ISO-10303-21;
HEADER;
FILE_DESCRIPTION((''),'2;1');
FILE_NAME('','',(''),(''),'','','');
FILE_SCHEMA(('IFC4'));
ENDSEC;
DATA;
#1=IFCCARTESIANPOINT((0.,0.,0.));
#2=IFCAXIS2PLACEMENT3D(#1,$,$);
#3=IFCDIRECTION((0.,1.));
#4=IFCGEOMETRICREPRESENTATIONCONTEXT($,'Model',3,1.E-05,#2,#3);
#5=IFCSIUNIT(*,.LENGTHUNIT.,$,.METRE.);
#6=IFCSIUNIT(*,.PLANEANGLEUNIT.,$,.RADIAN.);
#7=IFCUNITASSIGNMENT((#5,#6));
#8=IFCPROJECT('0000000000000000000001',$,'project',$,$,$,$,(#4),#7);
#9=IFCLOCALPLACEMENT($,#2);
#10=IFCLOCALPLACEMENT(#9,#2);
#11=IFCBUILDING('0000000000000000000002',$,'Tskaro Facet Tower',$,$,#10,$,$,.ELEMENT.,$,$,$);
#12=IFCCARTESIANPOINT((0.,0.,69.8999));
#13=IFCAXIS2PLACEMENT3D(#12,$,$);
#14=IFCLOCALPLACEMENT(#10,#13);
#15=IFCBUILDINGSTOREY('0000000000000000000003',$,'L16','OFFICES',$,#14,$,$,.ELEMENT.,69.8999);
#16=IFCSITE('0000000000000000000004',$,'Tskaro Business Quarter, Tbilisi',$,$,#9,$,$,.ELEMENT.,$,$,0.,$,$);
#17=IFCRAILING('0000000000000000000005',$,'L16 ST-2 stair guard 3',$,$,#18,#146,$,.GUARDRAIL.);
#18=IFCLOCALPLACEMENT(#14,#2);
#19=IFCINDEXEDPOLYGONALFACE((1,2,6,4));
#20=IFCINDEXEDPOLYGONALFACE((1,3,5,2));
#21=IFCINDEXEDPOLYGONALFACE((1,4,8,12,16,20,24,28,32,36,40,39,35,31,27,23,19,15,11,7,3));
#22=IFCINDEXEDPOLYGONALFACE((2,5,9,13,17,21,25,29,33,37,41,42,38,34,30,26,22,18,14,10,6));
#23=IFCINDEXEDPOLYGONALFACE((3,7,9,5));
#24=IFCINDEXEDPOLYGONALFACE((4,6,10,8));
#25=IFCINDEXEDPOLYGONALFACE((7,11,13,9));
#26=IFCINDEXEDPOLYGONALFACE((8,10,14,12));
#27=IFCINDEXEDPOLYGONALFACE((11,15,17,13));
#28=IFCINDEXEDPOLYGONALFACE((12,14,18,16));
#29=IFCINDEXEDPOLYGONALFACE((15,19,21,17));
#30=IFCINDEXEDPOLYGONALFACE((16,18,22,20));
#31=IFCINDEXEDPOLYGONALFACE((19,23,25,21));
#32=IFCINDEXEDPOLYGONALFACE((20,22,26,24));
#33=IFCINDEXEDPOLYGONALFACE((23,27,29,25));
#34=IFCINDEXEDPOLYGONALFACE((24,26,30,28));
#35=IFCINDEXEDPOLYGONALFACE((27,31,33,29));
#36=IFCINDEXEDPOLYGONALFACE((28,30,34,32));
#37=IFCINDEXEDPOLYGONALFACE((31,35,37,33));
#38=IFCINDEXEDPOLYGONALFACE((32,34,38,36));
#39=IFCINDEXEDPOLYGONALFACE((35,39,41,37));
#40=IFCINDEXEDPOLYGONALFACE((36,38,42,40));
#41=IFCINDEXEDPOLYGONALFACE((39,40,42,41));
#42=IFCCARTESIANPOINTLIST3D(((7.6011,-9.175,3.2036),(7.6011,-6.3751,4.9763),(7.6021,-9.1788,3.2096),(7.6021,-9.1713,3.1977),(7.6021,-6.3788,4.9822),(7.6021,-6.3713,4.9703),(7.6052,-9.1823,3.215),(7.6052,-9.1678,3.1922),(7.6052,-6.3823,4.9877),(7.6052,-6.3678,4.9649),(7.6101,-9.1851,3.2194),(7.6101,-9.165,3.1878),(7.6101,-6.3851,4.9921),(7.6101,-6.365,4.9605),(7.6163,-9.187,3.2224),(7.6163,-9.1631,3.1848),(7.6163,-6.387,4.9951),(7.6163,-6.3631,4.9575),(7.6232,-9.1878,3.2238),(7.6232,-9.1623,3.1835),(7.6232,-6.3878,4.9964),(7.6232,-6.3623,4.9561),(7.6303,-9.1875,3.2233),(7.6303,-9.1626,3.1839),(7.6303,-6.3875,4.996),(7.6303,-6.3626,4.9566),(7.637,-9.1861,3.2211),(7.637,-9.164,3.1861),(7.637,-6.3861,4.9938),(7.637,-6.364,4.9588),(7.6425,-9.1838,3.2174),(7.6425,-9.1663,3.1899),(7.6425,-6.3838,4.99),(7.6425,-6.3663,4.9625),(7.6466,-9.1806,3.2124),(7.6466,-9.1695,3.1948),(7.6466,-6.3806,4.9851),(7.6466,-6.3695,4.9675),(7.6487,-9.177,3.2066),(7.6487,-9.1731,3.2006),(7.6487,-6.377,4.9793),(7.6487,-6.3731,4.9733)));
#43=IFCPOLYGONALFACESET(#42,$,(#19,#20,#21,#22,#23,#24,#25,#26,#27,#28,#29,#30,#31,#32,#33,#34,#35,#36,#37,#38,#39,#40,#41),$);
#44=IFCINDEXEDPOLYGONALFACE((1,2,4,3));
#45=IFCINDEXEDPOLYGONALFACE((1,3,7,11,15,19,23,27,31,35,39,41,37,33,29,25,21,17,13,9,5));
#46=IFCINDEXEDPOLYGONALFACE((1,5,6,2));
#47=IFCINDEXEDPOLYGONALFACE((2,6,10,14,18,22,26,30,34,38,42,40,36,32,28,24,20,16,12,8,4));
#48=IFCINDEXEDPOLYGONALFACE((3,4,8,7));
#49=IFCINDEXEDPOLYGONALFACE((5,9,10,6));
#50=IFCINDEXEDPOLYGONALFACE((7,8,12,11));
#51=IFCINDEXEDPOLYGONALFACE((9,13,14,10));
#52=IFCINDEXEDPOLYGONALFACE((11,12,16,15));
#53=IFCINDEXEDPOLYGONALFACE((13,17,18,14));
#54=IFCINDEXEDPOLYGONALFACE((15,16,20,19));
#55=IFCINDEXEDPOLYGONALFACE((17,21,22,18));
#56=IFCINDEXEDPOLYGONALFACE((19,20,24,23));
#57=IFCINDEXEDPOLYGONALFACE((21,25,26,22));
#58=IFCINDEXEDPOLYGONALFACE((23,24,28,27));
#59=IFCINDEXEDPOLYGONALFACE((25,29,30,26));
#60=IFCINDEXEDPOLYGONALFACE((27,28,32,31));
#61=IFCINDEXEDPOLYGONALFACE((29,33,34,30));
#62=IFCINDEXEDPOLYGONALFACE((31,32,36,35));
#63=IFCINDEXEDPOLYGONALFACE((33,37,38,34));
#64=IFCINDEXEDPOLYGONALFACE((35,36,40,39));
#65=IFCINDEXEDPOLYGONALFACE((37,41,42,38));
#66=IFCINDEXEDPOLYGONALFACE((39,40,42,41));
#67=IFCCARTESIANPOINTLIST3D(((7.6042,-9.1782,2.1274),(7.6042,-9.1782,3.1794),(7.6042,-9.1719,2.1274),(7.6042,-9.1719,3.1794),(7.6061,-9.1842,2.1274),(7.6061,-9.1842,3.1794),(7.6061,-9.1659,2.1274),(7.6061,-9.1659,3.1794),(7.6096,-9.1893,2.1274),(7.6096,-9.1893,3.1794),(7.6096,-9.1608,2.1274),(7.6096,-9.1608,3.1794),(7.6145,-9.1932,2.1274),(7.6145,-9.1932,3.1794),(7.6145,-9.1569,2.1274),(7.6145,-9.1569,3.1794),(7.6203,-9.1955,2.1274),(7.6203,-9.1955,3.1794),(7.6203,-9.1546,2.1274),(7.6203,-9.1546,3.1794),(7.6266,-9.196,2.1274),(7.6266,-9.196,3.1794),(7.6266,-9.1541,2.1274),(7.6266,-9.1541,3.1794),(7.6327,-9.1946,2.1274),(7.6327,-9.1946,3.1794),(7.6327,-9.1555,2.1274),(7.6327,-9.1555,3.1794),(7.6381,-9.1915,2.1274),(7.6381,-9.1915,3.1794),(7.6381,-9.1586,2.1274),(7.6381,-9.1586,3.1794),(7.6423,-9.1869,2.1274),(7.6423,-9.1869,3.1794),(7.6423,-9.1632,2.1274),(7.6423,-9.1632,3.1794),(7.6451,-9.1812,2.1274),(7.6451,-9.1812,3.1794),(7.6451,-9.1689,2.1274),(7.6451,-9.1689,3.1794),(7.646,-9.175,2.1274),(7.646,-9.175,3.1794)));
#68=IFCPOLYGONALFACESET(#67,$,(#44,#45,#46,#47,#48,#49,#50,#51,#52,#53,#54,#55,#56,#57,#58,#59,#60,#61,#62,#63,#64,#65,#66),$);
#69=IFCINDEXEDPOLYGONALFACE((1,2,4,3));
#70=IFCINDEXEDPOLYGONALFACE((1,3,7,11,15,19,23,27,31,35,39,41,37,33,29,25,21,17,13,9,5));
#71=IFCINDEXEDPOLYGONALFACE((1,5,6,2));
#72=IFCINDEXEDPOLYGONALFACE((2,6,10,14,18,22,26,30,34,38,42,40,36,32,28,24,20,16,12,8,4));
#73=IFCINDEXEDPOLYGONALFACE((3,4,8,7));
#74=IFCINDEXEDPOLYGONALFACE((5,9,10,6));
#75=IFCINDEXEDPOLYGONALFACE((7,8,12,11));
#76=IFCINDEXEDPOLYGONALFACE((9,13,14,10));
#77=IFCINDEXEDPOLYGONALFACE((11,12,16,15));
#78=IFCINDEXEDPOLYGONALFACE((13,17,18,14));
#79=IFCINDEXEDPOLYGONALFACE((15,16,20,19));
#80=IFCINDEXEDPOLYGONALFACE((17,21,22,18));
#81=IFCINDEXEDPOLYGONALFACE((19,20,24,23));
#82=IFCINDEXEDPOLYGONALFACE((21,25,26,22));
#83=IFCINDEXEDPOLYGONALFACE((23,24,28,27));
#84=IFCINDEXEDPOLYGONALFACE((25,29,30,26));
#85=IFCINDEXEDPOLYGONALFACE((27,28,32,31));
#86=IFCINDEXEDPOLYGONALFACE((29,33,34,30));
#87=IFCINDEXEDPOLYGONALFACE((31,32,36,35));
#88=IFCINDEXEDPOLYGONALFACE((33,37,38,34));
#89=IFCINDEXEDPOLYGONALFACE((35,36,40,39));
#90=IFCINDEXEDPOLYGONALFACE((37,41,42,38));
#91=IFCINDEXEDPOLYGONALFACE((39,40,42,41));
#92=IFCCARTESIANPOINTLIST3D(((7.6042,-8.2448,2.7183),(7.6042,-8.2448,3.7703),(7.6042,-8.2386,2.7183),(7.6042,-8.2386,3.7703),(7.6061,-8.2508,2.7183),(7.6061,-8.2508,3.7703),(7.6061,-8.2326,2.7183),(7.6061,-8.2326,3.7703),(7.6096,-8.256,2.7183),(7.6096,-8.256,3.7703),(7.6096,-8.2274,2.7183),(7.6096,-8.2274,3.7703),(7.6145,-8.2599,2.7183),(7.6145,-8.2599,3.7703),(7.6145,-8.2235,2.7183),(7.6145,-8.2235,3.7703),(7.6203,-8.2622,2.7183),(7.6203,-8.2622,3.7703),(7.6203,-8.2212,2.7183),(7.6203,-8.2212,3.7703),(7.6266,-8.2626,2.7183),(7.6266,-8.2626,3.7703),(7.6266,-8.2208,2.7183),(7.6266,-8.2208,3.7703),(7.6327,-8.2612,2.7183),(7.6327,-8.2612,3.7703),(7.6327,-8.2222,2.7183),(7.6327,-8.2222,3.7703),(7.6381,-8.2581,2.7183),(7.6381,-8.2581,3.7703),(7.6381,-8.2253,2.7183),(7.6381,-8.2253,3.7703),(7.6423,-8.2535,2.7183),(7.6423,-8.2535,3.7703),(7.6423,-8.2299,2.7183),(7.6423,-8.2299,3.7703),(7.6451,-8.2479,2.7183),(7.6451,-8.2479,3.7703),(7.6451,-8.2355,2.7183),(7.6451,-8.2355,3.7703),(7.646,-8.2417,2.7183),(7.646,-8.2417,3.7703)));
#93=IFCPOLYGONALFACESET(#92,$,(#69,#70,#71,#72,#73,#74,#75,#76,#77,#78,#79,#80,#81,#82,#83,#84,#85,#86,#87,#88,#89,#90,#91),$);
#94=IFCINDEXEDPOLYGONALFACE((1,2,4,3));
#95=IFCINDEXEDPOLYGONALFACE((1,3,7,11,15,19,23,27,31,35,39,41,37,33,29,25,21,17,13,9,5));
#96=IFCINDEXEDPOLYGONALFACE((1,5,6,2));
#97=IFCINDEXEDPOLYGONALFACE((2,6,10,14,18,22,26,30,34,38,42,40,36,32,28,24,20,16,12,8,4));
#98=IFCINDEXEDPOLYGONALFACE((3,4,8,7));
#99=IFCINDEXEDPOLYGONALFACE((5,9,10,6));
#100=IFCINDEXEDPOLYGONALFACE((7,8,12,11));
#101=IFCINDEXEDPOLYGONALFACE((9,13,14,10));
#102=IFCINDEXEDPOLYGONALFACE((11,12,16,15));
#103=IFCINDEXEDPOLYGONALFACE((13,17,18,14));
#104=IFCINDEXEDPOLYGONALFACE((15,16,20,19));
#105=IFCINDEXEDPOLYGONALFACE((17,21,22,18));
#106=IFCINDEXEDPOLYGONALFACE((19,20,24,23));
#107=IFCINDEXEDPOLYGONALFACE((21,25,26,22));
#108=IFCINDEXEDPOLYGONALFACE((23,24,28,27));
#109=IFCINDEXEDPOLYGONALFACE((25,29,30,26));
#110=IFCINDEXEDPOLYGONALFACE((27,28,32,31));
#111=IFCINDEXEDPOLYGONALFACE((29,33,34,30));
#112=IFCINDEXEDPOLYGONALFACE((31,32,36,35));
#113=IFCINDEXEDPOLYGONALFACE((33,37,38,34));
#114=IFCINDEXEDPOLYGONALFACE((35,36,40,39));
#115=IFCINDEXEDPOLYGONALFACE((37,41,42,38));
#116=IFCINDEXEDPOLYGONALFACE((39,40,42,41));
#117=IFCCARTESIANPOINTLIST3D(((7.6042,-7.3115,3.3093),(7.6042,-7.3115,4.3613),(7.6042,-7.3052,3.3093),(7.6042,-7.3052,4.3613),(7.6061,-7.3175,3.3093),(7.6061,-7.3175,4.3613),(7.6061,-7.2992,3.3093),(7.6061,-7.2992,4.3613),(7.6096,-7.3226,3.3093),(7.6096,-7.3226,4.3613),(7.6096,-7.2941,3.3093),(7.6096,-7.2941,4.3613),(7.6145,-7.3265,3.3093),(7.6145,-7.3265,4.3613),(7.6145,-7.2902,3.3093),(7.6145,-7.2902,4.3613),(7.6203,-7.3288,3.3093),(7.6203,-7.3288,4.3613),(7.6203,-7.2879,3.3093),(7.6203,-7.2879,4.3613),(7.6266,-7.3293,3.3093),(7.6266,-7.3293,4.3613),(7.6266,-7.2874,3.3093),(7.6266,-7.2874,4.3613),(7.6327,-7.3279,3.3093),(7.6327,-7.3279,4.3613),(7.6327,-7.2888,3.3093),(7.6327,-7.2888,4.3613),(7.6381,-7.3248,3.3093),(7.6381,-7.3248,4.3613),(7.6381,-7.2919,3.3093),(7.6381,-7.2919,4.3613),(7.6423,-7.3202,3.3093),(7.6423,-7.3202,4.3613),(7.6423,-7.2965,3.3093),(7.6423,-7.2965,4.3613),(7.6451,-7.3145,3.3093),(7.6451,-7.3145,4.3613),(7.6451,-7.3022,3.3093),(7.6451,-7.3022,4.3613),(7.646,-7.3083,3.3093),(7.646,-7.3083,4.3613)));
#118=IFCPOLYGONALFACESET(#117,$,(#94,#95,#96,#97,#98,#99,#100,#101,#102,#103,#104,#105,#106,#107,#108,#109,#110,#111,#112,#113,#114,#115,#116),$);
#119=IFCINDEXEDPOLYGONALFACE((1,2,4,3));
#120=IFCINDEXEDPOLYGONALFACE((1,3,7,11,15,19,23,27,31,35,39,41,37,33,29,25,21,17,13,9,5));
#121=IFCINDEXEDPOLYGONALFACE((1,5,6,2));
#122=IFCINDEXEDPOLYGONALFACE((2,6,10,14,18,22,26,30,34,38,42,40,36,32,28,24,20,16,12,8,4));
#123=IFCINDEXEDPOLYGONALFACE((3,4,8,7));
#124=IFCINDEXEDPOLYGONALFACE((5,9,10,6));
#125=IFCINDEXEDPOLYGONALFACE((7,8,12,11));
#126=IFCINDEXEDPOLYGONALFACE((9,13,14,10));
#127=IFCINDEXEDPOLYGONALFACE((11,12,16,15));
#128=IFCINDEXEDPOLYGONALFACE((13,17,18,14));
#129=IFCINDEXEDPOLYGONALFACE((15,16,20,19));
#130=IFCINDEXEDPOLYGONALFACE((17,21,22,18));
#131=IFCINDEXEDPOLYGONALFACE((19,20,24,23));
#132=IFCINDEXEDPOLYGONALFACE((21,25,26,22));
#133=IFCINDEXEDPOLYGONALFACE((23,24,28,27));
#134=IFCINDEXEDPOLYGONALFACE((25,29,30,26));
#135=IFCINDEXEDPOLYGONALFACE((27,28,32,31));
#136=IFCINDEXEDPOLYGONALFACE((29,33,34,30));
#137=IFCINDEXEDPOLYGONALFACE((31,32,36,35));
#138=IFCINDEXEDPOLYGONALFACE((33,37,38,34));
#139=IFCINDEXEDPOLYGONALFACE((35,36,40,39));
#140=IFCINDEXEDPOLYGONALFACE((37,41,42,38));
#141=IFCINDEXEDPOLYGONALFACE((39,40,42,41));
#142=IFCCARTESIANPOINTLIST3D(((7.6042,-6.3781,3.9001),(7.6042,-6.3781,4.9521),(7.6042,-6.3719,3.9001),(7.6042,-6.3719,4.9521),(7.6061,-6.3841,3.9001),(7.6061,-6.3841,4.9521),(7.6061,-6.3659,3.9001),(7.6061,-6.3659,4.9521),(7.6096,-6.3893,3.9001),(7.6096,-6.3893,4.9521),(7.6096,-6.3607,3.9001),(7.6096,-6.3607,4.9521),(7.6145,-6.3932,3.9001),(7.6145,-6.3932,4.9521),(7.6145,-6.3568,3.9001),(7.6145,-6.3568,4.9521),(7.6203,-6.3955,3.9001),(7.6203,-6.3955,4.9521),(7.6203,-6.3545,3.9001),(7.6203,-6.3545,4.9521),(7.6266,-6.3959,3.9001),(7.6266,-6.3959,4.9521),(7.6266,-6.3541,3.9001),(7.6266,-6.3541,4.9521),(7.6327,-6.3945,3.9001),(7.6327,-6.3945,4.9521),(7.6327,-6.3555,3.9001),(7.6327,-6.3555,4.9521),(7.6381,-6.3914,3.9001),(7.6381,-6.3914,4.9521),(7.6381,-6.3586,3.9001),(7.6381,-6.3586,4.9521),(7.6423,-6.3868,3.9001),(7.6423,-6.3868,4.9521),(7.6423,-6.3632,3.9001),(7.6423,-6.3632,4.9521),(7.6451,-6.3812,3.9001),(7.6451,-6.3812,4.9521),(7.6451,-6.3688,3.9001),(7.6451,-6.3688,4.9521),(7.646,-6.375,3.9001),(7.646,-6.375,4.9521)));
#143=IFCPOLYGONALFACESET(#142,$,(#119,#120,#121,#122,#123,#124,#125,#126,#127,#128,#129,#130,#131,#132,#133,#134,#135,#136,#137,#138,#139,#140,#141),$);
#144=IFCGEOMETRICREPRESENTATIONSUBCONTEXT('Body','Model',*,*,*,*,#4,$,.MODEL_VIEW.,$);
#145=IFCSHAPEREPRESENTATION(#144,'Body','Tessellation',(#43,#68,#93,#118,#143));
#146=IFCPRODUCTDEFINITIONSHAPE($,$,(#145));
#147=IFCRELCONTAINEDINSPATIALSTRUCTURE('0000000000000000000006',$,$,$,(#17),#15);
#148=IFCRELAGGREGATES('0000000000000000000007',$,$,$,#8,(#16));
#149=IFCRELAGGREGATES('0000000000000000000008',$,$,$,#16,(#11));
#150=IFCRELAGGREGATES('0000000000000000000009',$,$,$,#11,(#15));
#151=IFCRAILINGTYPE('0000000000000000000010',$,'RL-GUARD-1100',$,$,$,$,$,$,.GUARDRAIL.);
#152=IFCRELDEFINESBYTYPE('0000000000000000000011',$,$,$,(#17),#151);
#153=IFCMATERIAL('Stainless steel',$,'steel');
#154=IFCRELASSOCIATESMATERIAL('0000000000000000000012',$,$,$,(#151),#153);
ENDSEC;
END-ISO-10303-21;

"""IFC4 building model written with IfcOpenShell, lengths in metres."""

from ifc_helpers import new_model, si_unit, direction, frame, origin, origin_2d, place, context, subcontext, project, spatial, circle, extrude, material, type_object, element, save


model = new_model("IFC4")

# Units and contexts
model_context = context("Model", 3, precision=1e-05, world=origin(), true_north=direction((0.0, 1.0)))
body_context = subcontext(model_context, "Body", "Model", "MODEL_VIEW")
ifc_project = project(units=[si_unit("LENGTHUNIT", "METRE"), si_unit("PLANEANGLEUNIT", "RADIAN")], contexts=[model_context])

# Site, building, storey
site_placement = place(None, origin())
site = spatial("IfcSite", under=ifc_project, at=site_placement, Name="Tskaro Business Quarter, Tbilisi", CompositionType="ELEMENT", RefElevation=0.0)
building_placement = place(site_placement, origin())
building = spatial("IfcBuilding", under=site, at=building_placement, Name="Tskaro Facet Tower", CompositionType="ELEMENT")
storey_placement = place(building_placement, frame((0.0, 0.0, 69.8999)))
storey = spatial("IfcBuildingStorey", under=building, at=storey_placement, Name="L16", Description="OFFICES", CompositionType="ELEMENT", Elevation=69.8999)

# Railing
ifc_material_1 = material(Name="Stainless steel", Category="steel")
railing_type_1 = type_object("IfcRailingType", Name="RL-GUARD-1100", PredefinedType="GUARDRAIL", material=ifc_material_1)
railing_1_placement = place(storey_placement, frame((7.625, -9.175, 2.1274)))
element("IfcRailing", 1, at=railing_1_placement, inside=storey, type_object=railing_type_1, Name="L16 ST-2 stair guard 3", PredefinedType="GUARDRAIL", context=body_context, shape_type="SweptSolid", body=[
    extrude(circle(Radius=0.0239, at=origin_2d()), frame((0.0, 0.0, 1.0762), z_axis=(0.0, 0.844909, 0.53491), x_axis=(-1.0, 0.0, 0.0)), (0.0, 0.0, 1.0), 3.314),
    extrude(circle(Radius=0.021, at=origin_2d()), origin(), (0.0, 0.0, 1.0), 1.052),
    extrude(circle(Radius=0.021, at=origin_2d()), frame((0.0, 0.9333, 0.5908)), (0.0, 0.0, 1.0), 1.052),
    extrude(circle(Radius=0.021, at=origin_2d()), frame((0.0, 1.8667, 1.1819)), (0.0, 0.0, 1.0), 1.052),
    extrude(circle(Radius=0.021, at=origin_2d()), frame((0.0, 2.8, 1.7727)), (0.0, 0.0, 1.0), 1.052),
])

save(model, "model.ifc")
